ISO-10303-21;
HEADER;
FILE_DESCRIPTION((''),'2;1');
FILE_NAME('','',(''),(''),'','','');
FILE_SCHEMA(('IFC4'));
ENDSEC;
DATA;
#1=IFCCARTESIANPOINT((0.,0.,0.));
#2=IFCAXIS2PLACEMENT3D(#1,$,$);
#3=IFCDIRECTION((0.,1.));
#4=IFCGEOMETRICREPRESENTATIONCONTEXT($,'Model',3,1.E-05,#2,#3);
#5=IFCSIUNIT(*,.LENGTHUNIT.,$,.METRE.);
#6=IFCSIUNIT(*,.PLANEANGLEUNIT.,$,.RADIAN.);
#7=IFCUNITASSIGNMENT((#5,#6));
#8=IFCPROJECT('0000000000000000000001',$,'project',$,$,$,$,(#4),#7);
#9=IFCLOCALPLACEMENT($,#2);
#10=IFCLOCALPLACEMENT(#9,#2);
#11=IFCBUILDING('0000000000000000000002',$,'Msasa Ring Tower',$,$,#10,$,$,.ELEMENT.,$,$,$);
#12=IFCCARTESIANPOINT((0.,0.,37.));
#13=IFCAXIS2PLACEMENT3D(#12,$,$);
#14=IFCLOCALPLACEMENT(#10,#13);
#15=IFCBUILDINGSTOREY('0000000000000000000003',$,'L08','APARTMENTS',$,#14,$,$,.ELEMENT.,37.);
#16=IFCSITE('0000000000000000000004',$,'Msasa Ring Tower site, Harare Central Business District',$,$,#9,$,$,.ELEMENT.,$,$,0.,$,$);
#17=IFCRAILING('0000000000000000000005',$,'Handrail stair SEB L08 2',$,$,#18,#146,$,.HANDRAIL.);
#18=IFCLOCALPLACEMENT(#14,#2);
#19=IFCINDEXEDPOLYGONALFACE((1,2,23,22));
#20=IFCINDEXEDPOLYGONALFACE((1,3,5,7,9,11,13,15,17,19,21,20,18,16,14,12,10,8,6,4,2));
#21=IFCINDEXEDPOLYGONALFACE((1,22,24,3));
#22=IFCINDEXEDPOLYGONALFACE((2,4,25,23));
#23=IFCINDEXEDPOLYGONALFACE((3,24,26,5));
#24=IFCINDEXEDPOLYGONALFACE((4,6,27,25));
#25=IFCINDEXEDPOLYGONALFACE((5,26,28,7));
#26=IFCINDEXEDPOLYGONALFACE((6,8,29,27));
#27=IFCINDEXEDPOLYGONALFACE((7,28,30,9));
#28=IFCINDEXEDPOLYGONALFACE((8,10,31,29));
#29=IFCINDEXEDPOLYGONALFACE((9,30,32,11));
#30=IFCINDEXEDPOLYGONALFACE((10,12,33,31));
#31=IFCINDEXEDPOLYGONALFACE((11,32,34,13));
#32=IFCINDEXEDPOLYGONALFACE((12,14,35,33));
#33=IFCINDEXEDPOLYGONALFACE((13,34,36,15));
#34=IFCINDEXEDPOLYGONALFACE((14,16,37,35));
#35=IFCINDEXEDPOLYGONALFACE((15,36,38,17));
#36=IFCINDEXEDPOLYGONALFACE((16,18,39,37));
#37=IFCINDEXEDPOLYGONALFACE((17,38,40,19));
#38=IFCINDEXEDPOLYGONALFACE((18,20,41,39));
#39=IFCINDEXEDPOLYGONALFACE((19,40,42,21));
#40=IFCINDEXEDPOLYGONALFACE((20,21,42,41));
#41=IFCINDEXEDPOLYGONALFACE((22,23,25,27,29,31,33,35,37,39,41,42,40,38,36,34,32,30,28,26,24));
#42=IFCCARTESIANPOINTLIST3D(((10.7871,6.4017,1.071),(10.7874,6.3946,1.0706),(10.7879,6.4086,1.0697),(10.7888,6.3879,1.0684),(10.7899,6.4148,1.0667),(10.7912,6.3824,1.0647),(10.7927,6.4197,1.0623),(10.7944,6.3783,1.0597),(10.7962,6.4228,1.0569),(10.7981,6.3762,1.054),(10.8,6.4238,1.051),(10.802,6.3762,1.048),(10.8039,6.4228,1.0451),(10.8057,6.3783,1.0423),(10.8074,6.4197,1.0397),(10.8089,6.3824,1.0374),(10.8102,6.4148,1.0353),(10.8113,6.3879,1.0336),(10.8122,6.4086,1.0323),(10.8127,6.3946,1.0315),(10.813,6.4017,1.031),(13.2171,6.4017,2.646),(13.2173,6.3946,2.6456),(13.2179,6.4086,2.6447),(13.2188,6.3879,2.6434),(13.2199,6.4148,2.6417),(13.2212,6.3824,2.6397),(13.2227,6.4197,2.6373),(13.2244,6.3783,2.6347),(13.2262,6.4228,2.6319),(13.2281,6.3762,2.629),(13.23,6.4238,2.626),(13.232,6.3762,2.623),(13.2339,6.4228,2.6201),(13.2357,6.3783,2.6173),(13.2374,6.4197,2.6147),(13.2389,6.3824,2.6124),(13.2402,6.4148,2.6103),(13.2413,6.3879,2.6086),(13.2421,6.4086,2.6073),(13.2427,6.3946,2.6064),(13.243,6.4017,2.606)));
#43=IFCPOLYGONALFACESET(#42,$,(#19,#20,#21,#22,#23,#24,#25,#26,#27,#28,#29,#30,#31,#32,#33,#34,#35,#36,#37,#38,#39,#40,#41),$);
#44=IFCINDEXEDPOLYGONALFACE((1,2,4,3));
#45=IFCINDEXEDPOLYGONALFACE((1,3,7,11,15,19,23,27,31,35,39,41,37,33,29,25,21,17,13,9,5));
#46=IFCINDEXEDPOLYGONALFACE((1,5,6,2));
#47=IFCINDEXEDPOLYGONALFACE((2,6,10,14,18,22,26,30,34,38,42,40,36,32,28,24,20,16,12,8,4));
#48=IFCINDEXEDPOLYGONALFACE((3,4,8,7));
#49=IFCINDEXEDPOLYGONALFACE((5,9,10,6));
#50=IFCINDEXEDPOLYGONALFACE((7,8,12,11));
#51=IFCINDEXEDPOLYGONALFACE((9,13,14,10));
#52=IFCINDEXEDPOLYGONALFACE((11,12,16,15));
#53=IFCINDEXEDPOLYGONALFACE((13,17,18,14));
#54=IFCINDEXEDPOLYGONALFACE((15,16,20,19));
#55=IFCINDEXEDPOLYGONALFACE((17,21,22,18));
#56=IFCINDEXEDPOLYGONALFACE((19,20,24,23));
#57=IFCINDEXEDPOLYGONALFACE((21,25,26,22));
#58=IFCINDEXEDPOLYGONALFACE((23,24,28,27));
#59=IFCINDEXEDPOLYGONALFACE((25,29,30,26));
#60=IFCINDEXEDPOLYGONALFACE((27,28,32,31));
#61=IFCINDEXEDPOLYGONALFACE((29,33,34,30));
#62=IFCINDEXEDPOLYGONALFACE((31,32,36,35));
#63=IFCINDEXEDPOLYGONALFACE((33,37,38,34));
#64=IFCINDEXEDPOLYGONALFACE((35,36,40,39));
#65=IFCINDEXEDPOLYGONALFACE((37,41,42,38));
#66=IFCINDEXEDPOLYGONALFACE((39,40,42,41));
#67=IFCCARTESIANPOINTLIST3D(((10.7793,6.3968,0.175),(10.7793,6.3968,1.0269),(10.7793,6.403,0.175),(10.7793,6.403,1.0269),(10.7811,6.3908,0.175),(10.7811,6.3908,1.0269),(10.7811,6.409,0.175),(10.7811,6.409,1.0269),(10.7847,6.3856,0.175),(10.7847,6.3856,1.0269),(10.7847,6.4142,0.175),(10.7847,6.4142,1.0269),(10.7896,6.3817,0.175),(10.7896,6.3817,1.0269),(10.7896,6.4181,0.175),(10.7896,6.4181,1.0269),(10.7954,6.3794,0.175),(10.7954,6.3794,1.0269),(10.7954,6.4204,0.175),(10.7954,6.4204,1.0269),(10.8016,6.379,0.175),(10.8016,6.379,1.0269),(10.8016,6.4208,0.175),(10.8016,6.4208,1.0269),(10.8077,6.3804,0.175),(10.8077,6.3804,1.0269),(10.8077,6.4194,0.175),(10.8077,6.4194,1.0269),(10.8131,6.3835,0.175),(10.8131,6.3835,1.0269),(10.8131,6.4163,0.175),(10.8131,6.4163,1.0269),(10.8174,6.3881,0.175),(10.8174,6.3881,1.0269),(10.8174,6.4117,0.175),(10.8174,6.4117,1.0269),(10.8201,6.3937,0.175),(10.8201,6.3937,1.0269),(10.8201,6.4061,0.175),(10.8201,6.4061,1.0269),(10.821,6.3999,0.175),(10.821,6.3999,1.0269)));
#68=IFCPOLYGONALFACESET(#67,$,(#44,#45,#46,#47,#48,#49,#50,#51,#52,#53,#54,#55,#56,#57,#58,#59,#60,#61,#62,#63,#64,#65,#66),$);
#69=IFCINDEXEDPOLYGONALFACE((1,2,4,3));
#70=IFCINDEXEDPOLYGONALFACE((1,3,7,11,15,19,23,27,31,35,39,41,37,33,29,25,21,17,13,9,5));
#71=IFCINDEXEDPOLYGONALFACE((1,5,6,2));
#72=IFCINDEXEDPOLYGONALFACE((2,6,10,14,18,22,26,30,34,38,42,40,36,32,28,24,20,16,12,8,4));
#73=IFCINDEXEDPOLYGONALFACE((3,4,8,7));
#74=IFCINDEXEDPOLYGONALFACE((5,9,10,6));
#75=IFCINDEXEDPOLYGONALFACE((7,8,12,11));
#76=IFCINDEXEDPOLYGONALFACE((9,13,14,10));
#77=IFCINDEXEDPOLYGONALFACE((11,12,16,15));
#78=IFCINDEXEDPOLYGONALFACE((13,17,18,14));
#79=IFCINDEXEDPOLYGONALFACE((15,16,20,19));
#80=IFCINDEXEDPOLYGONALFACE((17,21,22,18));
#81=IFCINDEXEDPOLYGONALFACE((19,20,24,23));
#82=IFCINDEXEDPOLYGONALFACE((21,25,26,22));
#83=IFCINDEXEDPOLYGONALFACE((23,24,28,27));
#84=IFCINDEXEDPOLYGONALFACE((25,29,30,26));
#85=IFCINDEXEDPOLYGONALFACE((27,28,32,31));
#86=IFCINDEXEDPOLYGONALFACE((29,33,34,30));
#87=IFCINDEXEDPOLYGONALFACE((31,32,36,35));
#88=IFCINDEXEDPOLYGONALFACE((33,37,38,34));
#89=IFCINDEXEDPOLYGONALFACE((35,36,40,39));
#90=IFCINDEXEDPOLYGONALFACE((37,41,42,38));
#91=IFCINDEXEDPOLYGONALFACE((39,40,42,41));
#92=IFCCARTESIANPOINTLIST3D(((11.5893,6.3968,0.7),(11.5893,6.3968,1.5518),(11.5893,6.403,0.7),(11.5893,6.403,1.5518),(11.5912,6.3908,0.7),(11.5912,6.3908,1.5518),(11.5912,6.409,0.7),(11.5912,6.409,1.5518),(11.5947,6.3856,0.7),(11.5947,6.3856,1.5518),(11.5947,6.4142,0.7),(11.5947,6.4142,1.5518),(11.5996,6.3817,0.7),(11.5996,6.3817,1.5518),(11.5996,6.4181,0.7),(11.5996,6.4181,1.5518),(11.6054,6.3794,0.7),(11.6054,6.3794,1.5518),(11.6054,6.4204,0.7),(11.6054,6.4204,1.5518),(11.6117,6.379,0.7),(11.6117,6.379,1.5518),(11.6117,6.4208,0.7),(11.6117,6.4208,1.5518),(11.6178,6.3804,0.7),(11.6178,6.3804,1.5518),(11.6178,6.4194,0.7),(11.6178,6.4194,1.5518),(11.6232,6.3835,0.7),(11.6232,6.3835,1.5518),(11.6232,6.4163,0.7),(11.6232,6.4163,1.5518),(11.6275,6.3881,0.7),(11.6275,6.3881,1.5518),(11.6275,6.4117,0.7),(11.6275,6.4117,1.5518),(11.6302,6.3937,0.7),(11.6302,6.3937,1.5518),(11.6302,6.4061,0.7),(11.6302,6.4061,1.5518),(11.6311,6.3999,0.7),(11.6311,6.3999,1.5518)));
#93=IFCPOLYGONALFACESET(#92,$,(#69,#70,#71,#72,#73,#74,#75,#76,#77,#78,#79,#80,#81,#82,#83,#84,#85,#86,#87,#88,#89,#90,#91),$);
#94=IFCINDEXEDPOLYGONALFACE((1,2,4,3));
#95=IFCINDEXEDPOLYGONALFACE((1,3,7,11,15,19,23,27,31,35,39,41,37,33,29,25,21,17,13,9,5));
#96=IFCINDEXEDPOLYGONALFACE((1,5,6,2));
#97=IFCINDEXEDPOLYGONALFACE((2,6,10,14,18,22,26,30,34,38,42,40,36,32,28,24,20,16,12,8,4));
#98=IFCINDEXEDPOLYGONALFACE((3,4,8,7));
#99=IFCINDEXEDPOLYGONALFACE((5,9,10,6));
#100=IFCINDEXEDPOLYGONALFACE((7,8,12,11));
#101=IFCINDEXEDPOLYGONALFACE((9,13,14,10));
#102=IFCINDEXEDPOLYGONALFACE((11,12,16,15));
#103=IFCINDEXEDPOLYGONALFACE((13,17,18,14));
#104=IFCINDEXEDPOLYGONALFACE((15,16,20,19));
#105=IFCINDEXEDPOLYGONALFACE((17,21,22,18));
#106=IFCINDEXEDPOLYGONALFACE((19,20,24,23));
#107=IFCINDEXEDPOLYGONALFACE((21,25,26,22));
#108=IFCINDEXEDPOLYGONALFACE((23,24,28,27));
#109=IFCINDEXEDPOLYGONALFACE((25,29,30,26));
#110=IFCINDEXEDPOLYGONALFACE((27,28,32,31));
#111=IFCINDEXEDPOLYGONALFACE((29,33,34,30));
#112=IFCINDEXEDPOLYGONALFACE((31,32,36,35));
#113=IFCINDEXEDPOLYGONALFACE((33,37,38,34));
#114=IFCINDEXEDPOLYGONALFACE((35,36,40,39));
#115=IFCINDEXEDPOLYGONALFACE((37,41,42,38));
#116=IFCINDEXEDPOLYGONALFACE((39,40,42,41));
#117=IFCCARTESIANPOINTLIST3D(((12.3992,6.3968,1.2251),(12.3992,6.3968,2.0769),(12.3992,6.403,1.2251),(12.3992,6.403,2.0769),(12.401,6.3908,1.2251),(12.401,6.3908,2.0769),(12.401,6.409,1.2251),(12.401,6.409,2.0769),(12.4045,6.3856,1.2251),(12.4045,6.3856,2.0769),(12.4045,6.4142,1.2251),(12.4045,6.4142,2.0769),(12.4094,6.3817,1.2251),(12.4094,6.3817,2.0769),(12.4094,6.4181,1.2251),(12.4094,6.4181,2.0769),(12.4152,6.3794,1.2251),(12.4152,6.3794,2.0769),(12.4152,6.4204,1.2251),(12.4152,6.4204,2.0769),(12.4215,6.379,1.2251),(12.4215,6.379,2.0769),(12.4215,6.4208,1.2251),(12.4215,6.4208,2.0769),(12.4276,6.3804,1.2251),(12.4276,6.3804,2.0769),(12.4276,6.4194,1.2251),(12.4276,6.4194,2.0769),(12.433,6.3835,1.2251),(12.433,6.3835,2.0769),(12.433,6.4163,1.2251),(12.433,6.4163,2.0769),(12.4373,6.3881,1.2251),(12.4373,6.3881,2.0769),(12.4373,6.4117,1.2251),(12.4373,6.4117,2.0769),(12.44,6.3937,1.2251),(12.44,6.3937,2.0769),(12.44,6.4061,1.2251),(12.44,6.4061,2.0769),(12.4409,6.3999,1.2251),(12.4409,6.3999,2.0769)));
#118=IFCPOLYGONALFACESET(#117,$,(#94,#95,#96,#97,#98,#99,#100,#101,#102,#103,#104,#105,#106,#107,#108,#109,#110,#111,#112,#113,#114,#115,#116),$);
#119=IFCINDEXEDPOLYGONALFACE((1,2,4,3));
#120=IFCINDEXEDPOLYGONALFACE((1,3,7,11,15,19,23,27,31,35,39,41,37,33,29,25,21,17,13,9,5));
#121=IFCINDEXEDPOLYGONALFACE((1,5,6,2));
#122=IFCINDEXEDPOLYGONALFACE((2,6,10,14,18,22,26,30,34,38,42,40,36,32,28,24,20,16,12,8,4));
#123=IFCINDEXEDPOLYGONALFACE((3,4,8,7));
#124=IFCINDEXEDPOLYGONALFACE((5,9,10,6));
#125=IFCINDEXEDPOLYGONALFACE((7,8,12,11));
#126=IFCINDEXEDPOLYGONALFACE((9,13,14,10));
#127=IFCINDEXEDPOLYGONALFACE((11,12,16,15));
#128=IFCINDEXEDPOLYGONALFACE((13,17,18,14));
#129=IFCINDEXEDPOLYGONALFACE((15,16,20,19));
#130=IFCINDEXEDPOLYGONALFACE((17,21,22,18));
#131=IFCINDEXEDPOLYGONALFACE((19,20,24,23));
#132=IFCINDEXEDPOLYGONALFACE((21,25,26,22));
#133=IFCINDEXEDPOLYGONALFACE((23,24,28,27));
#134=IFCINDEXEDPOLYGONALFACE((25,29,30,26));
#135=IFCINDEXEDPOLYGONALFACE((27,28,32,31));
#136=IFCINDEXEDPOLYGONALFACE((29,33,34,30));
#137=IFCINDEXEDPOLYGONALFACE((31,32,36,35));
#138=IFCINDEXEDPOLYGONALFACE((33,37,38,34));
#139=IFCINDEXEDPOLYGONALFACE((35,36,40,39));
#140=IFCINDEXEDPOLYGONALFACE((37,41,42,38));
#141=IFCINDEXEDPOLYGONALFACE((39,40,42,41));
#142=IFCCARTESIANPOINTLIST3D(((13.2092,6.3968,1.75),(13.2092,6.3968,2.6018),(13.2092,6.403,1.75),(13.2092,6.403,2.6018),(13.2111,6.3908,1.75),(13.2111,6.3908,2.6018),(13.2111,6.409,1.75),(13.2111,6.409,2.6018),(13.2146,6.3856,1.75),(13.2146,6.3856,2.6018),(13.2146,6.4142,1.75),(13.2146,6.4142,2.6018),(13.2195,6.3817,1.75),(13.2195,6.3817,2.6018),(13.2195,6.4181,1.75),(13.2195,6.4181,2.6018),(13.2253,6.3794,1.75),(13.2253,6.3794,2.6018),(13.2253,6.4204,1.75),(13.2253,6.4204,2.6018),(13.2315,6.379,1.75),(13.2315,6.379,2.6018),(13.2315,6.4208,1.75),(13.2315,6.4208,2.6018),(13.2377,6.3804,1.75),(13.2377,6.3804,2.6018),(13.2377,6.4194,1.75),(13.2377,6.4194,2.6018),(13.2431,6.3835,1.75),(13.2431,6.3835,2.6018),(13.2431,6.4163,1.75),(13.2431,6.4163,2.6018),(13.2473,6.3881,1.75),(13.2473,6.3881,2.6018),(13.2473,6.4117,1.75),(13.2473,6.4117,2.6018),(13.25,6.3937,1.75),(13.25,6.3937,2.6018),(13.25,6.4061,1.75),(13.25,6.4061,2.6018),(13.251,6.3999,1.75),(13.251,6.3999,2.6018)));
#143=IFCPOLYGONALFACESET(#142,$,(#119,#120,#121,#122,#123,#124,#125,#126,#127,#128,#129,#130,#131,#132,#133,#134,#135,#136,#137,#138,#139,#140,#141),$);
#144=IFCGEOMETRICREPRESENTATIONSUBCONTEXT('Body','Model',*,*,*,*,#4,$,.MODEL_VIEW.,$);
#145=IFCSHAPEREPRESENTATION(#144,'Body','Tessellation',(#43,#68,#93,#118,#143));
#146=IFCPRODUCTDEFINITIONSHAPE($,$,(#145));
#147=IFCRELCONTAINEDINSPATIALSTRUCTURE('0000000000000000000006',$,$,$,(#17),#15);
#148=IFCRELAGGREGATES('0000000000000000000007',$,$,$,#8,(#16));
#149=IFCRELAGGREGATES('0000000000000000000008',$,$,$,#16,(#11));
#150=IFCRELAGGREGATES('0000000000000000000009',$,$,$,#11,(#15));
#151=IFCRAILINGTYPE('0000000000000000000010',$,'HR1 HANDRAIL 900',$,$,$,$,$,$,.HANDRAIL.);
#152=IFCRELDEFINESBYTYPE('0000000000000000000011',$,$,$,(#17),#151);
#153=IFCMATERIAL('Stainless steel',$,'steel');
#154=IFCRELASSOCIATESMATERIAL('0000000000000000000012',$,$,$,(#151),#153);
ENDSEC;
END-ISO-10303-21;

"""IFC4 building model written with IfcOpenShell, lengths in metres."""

from ifc_helpers import new_model, si_unit, direction, frame, origin, origin_2d, place, context, subcontext, project, spatial, circle, extrude, material, type_object, element, save


model = new_model("IFC4")

# Units and contexts
model_context = context("Model", 3, precision=1e-05, world=origin(), true_north=direction((0.0, 1.0)))
body_context = subcontext(model_context, "Body", "Model", "MODEL_VIEW")
ifc_project = project(units=[si_unit("LENGTHUNIT", "METRE"), si_unit("PLANEANGLEUNIT", "RADIAN")], contexts=[model_context])

# Site, building, storey
site_placement = place(None, origin())
site = spatial("IfcSite", under=ifc_project, at=site_placement, Name="Msasa Ring Tower site, Harare Central Business District", CompositionType="ELEMENT", RefElevation=0.0)
building_placement = place(site_placement, origin())
building = spatial("IfcBuilding", under=site, at=building_placement, Name="Msasa Ring Tower", CompositionType="ELEMENT")
storey_placement = place(building_placement, frame((0.0, 0.0, 37.0)))
storey = spatial("IfcBuildingStorey", under=building, at=storey_placement, Name="L08", Description="APARTMENTS", CompositionType="ELEMENT", Elevation=37.0)

# Railing
ifc_material_1 = material(Name="Stainless steel", Category="steel")
railing_type = type_object("IfcRailingType", Name="HR1 HANDRAIL 900", PredefinedType="HANDRAIL", material=ifc_material_1)
for number, where, name in (
    (1, (10.8, 6.3999, 0.175), "Handrail stair SEB L08 2"),
):
    element("IfcRailing", number, at=place(storey_placement, frame(where)), inside=storey, type_object=railing_type, Name=name, PredefinedType="HANDRAIL", context=body_context, shape_type="SweptSolid", body=[
        extrude(circle(Radius=0.0239, at=origin_2d()), frame((0.0, 0.0, 0.876), z_axis=(0.839154, 0.0, 0.543894), x_axis=(0.0, 1.0, 0.0)), (0.0, 0.0, 1.0), 2.8958),
        extrude(circle(Radius=0.021, at=origin_2d()), origin(), (0.0, 0.0, 1.0), 0.8518),
        extrude(circle(Radius=0.021, at=origin_2d()), frame((0.8101, 0.0, 0.5249)), (0.0, 0.0, 1.0), 0.8518),
        extrude(circle(Radius=0.021, at=origin_2d()), frame((1.6199, 0.0, 1.05)), (0.0, 0.0, 1.0), 0.8518),
        extrude(circle(Radius=0.021, at=origin_2d()), frame((2.4299, 0.0, 1.575)), (0.0, 0.0, 1.0), 0.8518),
    ])

save(model, "model.ifc")
